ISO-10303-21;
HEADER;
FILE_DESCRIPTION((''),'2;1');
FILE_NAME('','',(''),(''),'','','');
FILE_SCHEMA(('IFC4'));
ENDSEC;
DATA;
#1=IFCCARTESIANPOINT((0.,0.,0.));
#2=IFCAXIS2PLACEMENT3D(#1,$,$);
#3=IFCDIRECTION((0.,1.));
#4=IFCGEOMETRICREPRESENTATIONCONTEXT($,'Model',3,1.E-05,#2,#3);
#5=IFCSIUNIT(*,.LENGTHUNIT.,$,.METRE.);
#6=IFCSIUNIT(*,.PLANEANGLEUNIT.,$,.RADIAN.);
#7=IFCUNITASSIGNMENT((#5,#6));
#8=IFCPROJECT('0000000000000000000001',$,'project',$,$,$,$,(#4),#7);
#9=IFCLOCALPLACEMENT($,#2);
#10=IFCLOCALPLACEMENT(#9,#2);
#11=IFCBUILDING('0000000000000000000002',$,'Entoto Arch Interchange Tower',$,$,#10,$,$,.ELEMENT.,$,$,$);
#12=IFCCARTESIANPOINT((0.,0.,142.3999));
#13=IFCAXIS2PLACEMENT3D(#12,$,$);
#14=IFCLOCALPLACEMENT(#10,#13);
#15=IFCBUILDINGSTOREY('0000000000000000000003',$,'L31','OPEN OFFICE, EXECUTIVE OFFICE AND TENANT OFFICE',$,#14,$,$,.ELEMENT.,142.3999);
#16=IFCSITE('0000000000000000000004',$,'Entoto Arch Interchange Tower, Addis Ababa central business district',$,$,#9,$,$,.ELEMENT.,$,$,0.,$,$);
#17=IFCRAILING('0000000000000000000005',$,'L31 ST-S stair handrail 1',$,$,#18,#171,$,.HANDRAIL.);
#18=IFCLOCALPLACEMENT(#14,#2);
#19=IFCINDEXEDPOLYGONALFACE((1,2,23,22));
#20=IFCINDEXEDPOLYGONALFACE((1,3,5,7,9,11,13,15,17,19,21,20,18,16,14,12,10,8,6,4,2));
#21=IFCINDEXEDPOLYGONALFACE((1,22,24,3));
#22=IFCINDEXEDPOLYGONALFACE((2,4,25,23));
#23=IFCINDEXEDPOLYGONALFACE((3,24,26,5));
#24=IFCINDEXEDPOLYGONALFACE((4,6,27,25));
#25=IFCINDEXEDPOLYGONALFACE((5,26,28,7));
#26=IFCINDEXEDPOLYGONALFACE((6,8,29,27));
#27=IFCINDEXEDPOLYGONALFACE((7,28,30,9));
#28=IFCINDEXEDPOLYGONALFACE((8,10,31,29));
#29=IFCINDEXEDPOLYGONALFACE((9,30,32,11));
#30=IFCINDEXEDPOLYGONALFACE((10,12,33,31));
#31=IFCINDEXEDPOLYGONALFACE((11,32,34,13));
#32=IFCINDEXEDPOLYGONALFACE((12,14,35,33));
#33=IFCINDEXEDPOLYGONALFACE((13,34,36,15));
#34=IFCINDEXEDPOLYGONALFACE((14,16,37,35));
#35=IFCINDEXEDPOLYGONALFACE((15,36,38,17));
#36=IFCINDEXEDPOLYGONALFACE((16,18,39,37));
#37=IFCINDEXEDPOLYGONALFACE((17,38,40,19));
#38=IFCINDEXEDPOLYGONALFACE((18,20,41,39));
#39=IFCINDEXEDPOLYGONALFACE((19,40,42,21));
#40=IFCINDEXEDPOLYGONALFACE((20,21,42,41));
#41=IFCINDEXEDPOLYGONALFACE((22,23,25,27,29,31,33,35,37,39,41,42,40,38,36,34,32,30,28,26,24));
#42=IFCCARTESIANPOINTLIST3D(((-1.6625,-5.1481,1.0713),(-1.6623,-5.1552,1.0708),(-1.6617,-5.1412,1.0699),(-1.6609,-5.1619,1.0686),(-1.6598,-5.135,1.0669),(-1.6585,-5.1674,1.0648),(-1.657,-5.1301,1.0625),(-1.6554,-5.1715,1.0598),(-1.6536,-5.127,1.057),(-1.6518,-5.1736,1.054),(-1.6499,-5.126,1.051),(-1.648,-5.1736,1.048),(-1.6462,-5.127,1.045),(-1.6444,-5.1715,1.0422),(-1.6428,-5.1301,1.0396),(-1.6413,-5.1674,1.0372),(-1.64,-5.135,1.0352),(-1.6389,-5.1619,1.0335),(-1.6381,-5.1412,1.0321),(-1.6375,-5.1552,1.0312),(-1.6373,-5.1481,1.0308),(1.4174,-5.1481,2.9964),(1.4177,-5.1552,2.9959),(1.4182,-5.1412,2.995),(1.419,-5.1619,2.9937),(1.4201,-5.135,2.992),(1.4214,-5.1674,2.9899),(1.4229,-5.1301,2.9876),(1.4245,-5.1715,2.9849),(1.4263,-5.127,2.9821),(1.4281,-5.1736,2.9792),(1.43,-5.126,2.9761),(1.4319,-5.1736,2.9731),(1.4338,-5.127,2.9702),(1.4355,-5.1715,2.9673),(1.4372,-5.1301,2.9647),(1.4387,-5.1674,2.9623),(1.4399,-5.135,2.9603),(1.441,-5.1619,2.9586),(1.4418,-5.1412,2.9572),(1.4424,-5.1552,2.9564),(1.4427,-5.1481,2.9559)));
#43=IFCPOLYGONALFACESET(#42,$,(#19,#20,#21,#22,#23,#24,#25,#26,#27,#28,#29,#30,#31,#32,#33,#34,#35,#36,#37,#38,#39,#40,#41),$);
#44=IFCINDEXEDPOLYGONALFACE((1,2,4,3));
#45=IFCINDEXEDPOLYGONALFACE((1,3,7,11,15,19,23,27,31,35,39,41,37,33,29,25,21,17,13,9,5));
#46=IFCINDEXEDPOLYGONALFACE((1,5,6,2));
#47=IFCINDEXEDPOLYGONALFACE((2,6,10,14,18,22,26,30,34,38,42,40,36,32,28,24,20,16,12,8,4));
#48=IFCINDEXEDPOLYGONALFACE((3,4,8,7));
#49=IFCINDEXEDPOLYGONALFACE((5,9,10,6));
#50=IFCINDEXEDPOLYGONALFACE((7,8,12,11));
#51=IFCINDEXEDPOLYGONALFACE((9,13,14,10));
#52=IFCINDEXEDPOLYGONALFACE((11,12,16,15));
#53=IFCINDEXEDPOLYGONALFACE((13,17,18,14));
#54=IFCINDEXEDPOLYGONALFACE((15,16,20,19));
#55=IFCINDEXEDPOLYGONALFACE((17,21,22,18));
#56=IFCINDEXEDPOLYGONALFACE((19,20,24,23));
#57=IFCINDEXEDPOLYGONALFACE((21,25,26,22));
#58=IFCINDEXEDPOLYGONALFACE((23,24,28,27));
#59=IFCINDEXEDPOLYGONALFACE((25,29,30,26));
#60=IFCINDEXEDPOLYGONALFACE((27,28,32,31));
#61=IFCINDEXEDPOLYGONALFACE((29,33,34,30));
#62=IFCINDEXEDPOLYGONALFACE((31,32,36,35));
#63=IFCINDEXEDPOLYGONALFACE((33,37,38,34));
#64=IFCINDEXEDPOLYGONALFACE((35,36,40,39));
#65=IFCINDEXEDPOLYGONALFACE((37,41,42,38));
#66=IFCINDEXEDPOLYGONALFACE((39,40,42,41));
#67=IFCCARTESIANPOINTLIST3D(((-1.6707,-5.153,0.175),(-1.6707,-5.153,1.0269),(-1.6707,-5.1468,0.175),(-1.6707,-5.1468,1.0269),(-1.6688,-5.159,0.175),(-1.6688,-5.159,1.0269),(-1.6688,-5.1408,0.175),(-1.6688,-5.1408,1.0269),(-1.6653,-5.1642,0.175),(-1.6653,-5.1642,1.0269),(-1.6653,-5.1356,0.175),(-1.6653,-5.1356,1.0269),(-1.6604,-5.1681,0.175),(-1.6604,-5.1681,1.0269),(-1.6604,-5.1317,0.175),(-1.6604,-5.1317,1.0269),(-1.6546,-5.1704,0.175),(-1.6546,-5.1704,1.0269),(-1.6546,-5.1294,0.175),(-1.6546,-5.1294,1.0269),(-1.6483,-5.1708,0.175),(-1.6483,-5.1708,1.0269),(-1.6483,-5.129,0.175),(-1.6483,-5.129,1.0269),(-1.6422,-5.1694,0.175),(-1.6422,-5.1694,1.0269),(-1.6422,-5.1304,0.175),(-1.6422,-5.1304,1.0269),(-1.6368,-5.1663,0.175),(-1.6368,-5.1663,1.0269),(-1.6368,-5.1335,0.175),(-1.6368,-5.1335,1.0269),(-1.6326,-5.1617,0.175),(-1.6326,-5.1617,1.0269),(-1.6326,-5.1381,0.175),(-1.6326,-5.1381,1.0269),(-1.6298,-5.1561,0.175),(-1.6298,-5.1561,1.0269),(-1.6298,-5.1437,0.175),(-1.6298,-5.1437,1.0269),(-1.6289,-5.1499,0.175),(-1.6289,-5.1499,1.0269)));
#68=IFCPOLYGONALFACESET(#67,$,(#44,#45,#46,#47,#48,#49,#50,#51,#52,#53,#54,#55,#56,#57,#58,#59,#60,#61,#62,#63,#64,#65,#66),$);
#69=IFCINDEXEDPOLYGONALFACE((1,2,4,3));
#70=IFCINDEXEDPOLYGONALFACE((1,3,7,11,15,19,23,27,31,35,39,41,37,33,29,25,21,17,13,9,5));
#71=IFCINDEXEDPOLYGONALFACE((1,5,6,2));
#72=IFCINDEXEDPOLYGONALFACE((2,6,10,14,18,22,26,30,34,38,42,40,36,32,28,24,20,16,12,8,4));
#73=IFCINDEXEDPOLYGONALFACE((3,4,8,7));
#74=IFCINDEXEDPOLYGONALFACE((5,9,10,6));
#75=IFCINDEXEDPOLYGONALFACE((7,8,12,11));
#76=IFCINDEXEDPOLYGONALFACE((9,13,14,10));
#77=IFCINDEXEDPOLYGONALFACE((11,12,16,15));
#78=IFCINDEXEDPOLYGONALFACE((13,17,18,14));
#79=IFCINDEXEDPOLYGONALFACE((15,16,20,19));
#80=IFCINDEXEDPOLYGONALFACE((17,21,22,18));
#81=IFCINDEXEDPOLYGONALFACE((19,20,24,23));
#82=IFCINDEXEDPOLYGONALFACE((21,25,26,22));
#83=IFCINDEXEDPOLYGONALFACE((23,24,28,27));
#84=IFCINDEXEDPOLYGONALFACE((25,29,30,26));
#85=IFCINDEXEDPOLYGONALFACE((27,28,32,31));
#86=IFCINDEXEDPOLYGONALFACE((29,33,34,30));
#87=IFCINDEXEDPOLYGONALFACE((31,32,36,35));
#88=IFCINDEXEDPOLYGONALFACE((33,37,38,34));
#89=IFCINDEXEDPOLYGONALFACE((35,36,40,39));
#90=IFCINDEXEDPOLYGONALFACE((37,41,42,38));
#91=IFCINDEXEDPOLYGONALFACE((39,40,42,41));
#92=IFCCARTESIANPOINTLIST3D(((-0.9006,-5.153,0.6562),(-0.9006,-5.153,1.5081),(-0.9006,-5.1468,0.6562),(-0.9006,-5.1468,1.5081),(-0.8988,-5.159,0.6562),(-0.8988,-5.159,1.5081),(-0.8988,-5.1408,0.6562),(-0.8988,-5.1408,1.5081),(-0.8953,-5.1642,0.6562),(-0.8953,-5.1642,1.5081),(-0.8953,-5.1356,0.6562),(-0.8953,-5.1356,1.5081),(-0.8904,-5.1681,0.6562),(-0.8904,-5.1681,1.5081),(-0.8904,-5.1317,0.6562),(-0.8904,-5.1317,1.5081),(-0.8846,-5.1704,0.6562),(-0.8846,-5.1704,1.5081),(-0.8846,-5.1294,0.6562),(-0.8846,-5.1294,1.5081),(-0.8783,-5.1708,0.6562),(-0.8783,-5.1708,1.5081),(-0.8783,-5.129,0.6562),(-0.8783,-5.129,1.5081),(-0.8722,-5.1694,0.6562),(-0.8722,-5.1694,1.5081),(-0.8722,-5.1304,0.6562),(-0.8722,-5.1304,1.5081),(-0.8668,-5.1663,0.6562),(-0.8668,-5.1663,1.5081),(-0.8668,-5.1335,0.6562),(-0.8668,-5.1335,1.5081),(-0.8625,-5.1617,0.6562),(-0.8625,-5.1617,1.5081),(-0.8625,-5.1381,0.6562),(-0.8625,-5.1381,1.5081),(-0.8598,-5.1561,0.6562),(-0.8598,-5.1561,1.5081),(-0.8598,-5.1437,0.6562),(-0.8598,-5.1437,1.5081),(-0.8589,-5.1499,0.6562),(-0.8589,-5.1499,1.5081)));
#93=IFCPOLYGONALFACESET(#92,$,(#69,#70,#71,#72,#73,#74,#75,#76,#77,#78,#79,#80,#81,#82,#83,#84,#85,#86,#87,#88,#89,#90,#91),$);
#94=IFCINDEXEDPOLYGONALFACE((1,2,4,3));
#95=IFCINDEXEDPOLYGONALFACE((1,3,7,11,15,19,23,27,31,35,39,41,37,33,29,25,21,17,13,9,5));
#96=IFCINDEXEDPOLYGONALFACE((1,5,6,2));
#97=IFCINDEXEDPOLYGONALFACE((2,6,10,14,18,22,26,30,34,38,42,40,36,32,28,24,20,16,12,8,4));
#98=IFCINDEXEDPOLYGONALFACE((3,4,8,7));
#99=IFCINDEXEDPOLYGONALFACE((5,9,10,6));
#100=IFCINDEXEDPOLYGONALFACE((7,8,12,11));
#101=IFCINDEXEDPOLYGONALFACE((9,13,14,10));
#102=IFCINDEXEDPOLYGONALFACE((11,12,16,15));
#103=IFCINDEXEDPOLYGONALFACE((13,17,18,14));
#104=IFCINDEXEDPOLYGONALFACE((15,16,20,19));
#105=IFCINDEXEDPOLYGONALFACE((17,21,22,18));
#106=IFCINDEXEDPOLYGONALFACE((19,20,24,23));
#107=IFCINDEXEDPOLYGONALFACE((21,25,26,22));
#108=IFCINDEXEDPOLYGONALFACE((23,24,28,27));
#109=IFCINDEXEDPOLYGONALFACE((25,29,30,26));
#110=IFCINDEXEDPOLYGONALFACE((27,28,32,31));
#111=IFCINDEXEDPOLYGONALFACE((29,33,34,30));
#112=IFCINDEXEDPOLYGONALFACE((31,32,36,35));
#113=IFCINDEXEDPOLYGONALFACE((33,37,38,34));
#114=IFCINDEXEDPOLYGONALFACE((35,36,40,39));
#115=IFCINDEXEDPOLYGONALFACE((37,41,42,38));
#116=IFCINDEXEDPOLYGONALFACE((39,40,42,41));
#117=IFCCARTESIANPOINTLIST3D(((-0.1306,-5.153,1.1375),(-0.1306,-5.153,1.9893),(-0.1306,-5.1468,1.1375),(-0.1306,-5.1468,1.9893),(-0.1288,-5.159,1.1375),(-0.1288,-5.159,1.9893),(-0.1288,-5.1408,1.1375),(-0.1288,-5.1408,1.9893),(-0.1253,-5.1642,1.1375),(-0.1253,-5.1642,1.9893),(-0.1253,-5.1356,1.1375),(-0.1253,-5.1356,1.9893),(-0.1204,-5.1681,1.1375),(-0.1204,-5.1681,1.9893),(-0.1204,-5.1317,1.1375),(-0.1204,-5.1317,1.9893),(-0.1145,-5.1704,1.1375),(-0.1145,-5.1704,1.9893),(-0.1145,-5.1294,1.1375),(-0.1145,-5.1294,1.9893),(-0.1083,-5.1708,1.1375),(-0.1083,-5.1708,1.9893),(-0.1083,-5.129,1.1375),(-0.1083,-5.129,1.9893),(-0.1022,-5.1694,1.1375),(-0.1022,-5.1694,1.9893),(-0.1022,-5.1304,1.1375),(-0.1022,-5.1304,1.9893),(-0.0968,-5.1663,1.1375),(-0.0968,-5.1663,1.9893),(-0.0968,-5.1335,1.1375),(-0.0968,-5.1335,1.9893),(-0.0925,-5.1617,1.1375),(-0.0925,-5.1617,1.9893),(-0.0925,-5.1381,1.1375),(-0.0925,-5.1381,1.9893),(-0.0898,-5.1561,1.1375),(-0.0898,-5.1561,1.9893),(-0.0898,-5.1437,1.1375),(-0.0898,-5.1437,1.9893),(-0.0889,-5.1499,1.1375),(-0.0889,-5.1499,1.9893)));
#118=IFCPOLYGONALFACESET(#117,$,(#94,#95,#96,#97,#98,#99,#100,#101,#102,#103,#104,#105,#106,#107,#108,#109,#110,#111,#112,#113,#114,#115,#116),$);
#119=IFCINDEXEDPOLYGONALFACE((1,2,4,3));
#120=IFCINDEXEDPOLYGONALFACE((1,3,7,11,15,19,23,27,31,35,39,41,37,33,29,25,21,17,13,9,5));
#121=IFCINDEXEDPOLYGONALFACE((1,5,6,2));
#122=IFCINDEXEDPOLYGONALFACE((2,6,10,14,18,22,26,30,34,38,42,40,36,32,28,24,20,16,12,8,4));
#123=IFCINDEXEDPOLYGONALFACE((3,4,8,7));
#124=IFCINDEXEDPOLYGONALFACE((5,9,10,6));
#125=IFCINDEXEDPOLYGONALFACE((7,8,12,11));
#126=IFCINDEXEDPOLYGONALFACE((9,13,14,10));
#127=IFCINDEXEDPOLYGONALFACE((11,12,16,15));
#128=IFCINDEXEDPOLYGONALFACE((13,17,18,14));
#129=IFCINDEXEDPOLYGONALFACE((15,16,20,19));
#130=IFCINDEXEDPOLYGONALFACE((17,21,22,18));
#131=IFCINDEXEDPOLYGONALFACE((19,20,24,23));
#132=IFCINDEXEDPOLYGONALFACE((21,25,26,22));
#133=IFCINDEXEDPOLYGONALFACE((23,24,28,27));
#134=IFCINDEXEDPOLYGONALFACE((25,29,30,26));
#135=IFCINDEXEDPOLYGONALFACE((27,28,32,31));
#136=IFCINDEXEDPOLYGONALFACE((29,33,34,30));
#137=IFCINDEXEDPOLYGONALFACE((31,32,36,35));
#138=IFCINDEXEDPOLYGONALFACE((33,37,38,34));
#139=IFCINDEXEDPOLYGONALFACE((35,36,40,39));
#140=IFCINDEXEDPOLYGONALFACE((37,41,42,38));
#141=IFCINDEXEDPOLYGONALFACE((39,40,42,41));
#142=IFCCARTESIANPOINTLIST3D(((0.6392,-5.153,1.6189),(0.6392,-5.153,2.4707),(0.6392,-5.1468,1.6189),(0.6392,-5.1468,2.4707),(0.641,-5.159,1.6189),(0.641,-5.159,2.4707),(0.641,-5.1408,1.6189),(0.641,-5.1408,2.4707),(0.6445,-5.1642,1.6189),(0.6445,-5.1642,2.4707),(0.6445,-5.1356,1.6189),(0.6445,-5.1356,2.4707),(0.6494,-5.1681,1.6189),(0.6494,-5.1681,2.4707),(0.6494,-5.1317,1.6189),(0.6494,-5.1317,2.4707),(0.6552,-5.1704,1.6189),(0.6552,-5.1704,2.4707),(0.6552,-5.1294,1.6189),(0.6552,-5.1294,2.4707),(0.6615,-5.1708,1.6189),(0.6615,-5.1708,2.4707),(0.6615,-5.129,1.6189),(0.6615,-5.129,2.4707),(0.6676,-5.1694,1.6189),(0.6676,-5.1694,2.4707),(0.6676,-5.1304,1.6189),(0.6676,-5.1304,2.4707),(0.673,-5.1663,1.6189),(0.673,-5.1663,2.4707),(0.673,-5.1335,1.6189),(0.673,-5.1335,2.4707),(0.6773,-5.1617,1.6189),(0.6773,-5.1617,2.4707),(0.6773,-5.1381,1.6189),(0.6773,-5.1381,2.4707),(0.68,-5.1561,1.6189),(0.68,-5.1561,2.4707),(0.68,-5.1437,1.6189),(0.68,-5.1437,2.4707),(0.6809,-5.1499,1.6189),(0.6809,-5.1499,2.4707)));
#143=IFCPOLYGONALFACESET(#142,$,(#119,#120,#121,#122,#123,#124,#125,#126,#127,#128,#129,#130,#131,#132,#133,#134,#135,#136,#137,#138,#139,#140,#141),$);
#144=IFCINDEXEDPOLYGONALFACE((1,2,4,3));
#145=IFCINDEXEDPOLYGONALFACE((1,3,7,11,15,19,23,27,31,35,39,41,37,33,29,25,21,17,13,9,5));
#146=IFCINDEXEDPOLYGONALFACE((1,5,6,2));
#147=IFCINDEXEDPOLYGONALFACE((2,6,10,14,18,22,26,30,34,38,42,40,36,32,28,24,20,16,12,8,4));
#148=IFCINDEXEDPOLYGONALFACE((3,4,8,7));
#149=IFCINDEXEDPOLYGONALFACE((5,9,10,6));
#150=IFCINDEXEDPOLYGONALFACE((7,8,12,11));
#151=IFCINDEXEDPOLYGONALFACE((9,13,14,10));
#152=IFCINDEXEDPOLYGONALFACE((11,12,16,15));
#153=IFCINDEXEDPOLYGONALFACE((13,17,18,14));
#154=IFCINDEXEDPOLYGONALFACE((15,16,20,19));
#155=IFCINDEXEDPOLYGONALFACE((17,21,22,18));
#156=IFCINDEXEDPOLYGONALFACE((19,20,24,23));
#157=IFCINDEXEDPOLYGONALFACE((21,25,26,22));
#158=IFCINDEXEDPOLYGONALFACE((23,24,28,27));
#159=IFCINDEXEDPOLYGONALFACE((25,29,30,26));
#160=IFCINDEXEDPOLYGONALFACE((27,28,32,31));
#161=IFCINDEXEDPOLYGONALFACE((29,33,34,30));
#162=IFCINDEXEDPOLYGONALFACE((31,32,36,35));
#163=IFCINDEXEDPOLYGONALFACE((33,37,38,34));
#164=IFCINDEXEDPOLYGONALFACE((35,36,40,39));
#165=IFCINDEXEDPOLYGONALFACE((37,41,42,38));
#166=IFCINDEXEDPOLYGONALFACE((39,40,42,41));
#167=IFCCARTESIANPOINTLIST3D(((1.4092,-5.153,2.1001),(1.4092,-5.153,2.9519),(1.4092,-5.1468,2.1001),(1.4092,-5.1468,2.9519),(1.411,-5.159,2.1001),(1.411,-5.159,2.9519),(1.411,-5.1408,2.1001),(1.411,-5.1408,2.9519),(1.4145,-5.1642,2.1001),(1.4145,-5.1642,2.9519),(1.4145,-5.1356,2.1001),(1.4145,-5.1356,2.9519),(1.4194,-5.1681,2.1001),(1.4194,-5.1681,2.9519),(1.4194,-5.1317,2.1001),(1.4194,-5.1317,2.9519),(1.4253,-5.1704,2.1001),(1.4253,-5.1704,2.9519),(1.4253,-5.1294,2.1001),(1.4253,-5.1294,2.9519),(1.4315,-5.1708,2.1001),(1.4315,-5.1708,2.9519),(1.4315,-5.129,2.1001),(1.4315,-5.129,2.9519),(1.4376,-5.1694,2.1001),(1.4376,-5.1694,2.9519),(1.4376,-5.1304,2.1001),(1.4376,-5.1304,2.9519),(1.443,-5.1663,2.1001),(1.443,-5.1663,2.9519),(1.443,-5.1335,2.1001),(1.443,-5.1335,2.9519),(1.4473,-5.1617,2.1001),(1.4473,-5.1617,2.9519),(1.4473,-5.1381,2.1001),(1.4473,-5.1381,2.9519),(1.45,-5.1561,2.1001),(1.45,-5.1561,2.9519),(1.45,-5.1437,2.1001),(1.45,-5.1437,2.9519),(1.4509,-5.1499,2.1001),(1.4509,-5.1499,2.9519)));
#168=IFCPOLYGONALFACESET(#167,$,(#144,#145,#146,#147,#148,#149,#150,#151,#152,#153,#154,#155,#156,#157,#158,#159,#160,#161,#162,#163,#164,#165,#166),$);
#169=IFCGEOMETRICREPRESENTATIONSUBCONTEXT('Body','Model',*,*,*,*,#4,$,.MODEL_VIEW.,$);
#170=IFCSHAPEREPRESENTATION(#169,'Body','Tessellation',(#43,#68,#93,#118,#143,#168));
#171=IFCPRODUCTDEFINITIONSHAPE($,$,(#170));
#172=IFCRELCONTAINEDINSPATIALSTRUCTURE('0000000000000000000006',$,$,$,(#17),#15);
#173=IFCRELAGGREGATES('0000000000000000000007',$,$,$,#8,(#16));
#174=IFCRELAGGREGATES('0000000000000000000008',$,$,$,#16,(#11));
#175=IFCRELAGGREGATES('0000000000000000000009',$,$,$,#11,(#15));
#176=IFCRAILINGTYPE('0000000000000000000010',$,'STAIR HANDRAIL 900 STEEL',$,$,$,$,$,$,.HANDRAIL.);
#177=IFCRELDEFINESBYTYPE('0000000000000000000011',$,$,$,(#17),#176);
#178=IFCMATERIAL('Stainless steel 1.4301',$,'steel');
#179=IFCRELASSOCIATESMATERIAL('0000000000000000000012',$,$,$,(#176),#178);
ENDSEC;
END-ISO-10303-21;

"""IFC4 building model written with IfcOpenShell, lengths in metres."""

from ifc_helpers import new_model, si_unit, direction, frame, origin, origin_2d, place, context, subcontext, project, spatial, circle, extrude, material, type_object, element, save


model = new_model("IFC4")

# Units and contexts
model_context = context("Model", 3, precision=1e-05, world=origin(), true_north=direction((0.0, 1.0)))
body_context = subcontext(model_context, "Body", "Model", "MODEL_VIEW")
ifc_project = project(units=[si_unit("LENGTHUNIT", "METRE"), si_unit("PLANEANGLEUNIT", "RADIAN")], contexts=[model_context])

# Site, building, storey
site_placement = place(None, origin())
site = spatial("IfcSite", under=ifc_project, at=site_placement, Name="Entoto Arch Interchange Tower, Addis Ababa central business district", CompositionType="ELEMENT", RefElevation=0.0)
building_placement = place(site_placement, origin())
building = spatial("IfcBuilding", under=site, at=building_placement, Name="Entoto Arch Interchange Tower", CompositionType="ELEMENT")
storey_placement = place(building_placement, frame((0.0, 0.0, 142.3999)))
storey = spatial("IfcBuildingStorey", under=building, at=storey_placement, Name="L31", Description="OPEN OFFICE, EXECUTIVE OFFICE AND TENANT OFFICE", CompositionType="ELEMENT", Elevation=142.3999)

# Railing
ifc_material_1 = material(Name="Stainless steel 1.4301", Category="steel")
railing_type_1 = type_object("IfcRailingType", Name="STAIR HANDRAIL 900 STEEL", PredefinedType="HANDRAIL", material=ifc_material_1)
railing_1_placement = place(storey_placement, frame((-1.6499, -5.1499, 0.175)))
element("IfcRailing", 1, at=railing_1_placement, inside=storey, type_object=railing_type_1, Name="L31 ST-S stair handrail 1", PredefinedType="HANDRAIL", context=body_context, shape_type="SweptSolid", body=[
    extrude(circle(Radius=0.0239, at=origin_2d()), frame((0.0, 0.0, 0.876), z_axis=(0.847979, 0.0, 0.530029), x_axis=(0.0, 1.0, 0.0)), (0.0, 0.0, 1.0), 3.6321),
    extrude(circle(Radius=0.021, at=origin_2d()), origin(), (0.0, 0.0, 1.0), 0.8518),
    extrude(circle(Radius=0.021, at=origin_2d()), frame((0.77, 0.0, 0.4812)), (0.0, 0.0, 1.0), 0.8518),
    extrude(circle(Radius=0.021, at=origin_2d()), frame((1.54, 0.0, 0.9624)), (0.0, 0.0, 1.0), 0.8518),
    extrude(circle(Radius=0.021, at=origin_2d()), frame((2.3098, 0.0, 1.4438)), (0.0, 0.0, 1.0), 0.8518),
    extrude(circle(Radius=0.021, at=origin_2d()), frame((3.0798, 0.0, 1.925)), (0.0, 0.0, 1.0), 0.8518),
])

save(model, "model.ifc")
